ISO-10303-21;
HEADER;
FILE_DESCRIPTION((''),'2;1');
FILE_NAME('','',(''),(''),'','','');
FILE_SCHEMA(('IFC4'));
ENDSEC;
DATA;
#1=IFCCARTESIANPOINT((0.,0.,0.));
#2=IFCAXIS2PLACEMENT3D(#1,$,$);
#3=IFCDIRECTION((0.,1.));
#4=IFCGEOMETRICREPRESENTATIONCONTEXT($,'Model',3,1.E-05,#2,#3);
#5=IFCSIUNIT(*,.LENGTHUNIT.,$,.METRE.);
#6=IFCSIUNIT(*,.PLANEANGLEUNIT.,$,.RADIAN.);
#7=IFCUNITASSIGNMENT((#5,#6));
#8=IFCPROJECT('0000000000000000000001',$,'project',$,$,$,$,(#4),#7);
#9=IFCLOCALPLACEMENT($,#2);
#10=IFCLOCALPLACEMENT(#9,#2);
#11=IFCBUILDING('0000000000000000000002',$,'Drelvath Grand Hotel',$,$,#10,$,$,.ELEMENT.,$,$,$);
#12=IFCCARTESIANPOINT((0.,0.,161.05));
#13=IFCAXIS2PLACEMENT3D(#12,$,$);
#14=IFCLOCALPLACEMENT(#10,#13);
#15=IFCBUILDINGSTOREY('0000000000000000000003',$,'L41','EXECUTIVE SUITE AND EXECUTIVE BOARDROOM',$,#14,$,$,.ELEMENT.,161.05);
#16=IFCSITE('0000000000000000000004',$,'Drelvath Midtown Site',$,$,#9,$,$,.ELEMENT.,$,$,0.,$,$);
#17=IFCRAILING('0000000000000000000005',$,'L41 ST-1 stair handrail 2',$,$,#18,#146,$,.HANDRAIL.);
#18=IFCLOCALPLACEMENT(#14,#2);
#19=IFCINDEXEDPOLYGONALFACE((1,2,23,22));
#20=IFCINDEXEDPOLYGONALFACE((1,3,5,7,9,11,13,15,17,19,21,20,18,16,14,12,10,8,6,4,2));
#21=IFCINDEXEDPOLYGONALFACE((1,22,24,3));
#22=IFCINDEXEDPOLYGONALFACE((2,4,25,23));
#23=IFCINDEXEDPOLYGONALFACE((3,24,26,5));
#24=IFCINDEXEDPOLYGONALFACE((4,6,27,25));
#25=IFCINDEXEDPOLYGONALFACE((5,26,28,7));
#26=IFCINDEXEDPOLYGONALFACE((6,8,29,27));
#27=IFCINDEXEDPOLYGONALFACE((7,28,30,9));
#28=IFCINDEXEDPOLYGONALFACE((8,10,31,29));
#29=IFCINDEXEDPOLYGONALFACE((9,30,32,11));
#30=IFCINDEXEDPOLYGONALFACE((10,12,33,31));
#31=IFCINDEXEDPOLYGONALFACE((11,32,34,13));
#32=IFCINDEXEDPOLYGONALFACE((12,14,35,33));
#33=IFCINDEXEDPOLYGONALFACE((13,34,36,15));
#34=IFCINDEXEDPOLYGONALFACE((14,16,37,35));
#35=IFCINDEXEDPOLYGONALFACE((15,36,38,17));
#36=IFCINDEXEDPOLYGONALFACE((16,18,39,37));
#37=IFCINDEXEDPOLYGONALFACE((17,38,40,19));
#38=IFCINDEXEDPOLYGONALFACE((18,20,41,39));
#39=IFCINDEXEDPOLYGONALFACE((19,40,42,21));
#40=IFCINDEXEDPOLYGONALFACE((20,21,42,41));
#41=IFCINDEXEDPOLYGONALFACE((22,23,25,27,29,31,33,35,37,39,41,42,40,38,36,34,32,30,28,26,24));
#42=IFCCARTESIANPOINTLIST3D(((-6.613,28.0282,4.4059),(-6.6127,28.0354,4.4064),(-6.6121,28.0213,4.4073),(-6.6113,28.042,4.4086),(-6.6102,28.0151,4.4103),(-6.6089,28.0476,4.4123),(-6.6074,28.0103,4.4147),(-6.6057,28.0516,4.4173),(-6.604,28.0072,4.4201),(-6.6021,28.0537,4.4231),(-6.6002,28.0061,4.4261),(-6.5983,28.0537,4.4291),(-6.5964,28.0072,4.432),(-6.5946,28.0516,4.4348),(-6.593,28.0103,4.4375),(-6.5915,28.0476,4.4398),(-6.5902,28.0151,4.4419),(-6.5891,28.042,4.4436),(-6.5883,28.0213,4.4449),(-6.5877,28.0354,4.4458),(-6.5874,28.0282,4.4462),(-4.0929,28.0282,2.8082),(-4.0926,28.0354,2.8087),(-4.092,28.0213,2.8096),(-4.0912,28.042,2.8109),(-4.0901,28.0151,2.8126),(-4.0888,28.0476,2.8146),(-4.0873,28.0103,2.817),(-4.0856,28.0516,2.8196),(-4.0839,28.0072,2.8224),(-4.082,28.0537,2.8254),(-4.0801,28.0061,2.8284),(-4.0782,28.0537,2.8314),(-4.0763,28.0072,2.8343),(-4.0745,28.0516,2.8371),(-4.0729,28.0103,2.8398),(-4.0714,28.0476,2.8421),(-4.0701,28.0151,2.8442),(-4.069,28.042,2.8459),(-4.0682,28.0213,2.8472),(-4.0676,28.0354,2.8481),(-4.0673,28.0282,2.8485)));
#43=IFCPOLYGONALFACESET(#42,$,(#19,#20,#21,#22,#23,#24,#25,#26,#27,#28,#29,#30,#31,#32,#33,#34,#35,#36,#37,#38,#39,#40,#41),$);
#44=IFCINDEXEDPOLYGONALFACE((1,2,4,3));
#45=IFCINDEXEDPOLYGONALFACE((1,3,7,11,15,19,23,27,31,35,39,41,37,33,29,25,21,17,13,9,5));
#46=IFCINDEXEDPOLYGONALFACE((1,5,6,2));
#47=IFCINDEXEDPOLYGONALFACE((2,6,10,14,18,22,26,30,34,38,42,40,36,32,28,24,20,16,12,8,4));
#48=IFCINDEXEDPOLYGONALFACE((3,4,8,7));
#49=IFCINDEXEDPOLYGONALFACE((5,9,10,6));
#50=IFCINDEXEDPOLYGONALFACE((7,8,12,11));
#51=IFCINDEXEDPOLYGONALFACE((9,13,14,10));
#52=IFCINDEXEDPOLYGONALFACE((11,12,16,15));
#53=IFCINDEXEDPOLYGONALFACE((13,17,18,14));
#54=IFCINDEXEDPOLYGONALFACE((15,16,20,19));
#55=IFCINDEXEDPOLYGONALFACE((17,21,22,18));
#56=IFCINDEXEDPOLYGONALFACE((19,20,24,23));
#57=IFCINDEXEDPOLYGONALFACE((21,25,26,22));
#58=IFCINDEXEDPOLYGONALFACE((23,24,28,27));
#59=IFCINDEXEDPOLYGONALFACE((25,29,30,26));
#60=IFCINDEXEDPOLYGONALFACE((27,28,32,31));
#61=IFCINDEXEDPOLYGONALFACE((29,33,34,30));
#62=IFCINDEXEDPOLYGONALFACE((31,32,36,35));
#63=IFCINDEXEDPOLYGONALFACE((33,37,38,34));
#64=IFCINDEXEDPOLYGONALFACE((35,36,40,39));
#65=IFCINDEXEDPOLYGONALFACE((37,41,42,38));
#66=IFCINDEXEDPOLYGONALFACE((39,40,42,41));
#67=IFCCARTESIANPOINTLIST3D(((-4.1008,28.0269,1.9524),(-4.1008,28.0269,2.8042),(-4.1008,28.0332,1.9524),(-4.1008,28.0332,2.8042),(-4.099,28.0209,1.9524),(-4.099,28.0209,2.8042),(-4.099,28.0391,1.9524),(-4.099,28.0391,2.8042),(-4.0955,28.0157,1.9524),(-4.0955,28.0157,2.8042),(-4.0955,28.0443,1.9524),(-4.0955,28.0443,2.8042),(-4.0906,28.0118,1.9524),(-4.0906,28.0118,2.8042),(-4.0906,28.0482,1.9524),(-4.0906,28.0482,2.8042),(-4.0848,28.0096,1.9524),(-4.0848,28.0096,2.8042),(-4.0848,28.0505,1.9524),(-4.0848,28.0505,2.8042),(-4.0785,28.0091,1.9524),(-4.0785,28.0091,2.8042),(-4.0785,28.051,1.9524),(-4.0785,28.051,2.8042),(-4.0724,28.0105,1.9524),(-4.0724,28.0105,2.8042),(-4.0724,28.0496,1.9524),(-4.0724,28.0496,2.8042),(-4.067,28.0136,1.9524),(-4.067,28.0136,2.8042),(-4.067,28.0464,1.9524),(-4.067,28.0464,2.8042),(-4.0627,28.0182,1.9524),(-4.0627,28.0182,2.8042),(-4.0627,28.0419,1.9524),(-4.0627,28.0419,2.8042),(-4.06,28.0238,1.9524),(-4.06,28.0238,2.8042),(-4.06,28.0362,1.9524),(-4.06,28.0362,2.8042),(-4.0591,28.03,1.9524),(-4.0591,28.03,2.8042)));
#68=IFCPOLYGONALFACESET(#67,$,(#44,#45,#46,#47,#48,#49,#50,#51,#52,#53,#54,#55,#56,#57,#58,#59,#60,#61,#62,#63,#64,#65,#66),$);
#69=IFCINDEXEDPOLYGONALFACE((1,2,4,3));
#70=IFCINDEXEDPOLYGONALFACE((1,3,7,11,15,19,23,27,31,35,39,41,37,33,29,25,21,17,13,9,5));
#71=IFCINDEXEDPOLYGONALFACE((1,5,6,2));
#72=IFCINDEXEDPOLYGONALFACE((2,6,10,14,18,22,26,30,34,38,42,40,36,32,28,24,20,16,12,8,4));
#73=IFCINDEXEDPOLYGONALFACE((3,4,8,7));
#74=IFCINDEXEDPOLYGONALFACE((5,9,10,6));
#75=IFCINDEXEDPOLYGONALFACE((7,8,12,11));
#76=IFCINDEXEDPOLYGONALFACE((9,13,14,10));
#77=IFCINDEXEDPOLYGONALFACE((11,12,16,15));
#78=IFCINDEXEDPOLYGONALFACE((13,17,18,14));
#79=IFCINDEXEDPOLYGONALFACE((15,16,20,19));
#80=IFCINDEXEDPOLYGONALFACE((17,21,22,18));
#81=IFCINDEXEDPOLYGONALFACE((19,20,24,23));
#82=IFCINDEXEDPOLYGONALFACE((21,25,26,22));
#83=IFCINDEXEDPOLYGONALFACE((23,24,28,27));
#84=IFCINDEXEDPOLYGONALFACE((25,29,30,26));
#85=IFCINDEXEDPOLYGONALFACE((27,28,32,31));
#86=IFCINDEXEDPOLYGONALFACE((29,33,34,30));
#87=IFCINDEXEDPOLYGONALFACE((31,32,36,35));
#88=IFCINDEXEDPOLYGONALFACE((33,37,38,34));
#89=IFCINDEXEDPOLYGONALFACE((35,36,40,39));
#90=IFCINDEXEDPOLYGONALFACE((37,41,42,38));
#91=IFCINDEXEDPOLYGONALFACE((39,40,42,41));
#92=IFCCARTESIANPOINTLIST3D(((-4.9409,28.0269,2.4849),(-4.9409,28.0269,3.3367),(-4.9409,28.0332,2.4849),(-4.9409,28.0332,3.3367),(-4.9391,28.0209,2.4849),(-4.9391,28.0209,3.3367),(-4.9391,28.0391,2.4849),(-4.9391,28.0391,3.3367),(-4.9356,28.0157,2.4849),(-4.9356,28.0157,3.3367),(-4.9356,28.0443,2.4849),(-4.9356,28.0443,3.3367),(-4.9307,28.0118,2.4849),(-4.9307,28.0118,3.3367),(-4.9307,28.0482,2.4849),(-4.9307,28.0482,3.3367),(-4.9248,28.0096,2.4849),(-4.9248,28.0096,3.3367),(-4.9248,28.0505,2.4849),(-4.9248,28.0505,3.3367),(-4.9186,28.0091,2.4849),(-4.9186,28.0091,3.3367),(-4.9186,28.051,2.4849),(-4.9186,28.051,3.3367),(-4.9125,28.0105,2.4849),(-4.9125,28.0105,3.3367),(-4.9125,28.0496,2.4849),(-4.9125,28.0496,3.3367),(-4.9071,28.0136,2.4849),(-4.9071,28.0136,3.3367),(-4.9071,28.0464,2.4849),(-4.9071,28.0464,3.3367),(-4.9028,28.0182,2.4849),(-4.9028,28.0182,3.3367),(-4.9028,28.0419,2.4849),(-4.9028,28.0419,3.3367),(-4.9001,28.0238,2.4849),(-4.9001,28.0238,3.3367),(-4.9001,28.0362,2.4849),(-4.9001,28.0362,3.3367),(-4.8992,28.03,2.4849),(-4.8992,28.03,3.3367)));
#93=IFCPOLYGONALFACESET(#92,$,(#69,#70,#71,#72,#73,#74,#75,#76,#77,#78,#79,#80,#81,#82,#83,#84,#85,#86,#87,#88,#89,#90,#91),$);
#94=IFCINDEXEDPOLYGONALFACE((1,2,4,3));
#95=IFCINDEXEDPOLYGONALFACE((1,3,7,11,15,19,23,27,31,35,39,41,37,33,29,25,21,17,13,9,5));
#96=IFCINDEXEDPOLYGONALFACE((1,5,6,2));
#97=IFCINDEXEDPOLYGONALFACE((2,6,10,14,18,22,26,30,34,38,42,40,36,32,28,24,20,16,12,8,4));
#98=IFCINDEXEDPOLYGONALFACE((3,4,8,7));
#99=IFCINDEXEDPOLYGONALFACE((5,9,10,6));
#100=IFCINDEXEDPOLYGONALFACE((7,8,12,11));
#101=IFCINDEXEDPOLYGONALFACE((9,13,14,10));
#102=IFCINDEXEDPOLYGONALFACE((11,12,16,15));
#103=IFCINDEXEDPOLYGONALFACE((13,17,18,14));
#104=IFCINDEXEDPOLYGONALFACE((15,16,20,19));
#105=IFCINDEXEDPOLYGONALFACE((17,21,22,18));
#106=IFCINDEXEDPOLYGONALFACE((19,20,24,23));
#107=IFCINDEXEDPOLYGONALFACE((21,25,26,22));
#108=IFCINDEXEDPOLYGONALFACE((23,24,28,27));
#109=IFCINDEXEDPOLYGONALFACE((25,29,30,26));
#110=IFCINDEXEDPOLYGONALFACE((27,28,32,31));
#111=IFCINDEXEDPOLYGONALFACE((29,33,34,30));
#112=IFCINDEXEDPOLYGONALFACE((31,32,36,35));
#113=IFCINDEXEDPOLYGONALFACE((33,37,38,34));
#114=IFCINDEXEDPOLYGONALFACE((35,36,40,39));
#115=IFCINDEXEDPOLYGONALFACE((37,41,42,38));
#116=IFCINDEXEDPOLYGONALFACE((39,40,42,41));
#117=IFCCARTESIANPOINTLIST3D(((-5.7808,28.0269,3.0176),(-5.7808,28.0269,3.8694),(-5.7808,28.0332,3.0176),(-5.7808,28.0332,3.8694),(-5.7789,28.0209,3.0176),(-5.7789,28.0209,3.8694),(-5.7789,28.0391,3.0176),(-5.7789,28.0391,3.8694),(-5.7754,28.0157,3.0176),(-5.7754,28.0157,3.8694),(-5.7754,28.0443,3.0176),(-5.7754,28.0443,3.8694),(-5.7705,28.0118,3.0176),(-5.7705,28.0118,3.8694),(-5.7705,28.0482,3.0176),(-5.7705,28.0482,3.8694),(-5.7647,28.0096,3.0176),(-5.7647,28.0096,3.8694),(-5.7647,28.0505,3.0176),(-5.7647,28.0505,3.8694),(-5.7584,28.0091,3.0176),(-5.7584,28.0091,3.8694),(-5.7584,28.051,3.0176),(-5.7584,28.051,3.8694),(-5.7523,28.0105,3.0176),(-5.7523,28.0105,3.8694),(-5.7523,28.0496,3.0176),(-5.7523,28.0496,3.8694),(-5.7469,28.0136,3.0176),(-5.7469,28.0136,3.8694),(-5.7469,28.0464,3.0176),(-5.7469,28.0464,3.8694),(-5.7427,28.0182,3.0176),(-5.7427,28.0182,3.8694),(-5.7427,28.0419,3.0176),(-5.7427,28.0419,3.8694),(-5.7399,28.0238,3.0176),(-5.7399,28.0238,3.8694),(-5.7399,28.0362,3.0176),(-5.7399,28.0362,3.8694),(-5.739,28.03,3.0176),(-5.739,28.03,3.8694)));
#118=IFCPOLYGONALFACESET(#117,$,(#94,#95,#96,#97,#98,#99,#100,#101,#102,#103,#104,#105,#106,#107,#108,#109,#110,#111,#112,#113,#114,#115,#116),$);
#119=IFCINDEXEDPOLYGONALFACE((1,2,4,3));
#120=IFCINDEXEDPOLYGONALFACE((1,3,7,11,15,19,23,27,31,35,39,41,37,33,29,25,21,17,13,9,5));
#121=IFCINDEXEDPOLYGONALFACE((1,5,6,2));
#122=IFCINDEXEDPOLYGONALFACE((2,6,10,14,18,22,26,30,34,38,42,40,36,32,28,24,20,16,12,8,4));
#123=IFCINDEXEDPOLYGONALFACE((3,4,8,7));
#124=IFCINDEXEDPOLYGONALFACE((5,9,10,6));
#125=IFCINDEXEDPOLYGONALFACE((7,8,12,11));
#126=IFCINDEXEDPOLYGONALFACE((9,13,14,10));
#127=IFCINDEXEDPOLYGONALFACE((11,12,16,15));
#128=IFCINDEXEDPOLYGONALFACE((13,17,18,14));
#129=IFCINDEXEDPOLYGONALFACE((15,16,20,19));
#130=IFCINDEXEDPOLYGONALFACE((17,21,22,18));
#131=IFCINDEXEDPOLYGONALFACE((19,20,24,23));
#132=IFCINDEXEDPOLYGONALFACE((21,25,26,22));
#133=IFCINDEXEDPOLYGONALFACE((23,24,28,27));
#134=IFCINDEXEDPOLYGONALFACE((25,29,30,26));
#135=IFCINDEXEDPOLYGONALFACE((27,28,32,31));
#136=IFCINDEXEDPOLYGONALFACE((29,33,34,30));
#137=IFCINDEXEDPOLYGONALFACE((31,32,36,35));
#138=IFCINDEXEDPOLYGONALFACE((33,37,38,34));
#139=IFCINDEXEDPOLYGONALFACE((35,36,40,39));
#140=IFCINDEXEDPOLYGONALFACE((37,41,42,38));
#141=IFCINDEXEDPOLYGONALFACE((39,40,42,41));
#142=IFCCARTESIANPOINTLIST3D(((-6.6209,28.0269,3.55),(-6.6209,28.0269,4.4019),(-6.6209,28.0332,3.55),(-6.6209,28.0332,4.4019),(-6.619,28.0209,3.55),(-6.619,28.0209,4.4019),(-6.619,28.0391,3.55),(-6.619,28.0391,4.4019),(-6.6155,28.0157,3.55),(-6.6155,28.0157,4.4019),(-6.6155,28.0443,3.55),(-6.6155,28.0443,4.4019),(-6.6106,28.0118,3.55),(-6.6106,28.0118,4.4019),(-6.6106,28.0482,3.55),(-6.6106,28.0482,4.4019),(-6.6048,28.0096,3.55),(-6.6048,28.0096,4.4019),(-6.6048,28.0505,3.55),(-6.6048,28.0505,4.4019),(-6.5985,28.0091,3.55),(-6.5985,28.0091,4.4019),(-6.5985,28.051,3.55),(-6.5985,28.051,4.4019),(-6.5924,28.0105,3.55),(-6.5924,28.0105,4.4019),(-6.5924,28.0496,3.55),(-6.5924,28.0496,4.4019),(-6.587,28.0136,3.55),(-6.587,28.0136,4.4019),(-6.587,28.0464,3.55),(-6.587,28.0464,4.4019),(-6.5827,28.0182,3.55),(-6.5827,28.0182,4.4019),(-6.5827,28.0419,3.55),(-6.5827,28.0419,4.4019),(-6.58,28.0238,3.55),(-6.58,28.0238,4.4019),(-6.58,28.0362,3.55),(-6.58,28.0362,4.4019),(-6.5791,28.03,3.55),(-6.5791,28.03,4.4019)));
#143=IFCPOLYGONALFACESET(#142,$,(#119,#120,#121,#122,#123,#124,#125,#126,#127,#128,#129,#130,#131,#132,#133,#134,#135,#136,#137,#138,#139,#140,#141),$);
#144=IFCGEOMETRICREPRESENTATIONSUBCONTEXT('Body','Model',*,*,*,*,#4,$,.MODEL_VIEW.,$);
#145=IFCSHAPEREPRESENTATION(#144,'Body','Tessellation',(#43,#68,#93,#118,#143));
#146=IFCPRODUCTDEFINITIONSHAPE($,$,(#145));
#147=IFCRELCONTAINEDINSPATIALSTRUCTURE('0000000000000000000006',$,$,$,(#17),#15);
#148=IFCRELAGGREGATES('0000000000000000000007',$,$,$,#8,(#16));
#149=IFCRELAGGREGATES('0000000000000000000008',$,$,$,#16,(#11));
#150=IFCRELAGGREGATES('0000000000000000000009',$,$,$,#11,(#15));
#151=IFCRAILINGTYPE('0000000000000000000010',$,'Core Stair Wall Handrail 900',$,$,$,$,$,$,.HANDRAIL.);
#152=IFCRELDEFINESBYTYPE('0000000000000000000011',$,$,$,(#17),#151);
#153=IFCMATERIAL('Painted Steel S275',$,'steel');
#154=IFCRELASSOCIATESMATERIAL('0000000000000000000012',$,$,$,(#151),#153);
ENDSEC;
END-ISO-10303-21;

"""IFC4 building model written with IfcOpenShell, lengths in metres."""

from ifc_helpers import new_model, si_unit, direction, frame, origin, origin_2d, place, context, subcontext, project, spatial, circle, extrude, material, type_object, element, save


model = new_model("IFC4")

# Units and contexts
model_context = context("Model", 3, precision=1e-05, world=origin(), true_north=direction((0.0, 1.0)))
body_context = subcontext(model_context, "Body", "Model", "MODEL_VIEW")
ifc_project = project(units=[si_unit("LENGTHUNIT", "METRE"), si_unit("PLANEANGLEUNIT", "RADIAN")], contexts=[model_context])

# Site, building, storey
site_placement = place(None, origin())
site = spatial("IfcSite", under=ifc_project, at=site_placement, Name="Drelvath Midtown Site", CompositionType="ELEMENT", RefElevation=0.0)
building_placement = place(site_placement, origin())
building = spatial("IfcBuilding", under=site, at=building_placement, Name="Drelvath Grand Hotel", CompositionType="ELEMENT")
storey_placement = place(building_placement, frame((0.0, 0.0, 161.05)))
storey = spatial("IfcBuildingStorey", under=building, at=storey_placement, Name="L41", Description="EXECUTIVE SUITE AND EXECUTIVE BOARDROOM", CompositionType="ELEMENT", Elevation=161.05)

# Shared definitions
ifc_material_1 = material(Name="Painted Steel S275", Category="steel")

# Railing
railing_type = type_object("IfcRailingType", Name="Core Stair Wall Handrail 900", PredefinedType="HANDRAIL", material=ifc_material_1)
railing_placement = place(storey_placement, frame((-4.0801, 28.03, 1.9524)))
element("IfcRailing", 1, at=railing_placement, inside=storey, type_object=railing_type, Name="L41 ST-1 stair handrail 2", PredefinedType="HANDRAIL", context=body_context, shape_type="SweptSolid", body=[
    extrude(circle(Radius=0.0239, at=origin_2d()), frame((0.0, 0.0, 0.876), z_axis=(-0.84457, 0.0, 0.535445), x_axis=(0.0, -1.0, 0.0)), (0.0, 0.0, 1.0), 2.9839),
    extrude(circle(Radius=0.021, at=origin_2d()), origin(), (0.0, 0.0, 1.0), 0.8518),
    extrude(circle(Radius=0.021, at=origin_2d()), frame((-0.8401, 0.0, 0.5325)), (0.0, 0.0, 1.0), 0.8518),
    extrude(circle(Radius=0.021, at=origin_2d()), frame((-1.6799, 0.0, 1.0652)), (0.0, 0.0, 1.0), 0.8518),
    extrude(circle(Radius=0.021, at=origin_2d()), frame((-2.52, 0.0, 1.5977)), (0.0, 0.0, 1.0), 0.8518),
])

save(model, "model.ifc")
